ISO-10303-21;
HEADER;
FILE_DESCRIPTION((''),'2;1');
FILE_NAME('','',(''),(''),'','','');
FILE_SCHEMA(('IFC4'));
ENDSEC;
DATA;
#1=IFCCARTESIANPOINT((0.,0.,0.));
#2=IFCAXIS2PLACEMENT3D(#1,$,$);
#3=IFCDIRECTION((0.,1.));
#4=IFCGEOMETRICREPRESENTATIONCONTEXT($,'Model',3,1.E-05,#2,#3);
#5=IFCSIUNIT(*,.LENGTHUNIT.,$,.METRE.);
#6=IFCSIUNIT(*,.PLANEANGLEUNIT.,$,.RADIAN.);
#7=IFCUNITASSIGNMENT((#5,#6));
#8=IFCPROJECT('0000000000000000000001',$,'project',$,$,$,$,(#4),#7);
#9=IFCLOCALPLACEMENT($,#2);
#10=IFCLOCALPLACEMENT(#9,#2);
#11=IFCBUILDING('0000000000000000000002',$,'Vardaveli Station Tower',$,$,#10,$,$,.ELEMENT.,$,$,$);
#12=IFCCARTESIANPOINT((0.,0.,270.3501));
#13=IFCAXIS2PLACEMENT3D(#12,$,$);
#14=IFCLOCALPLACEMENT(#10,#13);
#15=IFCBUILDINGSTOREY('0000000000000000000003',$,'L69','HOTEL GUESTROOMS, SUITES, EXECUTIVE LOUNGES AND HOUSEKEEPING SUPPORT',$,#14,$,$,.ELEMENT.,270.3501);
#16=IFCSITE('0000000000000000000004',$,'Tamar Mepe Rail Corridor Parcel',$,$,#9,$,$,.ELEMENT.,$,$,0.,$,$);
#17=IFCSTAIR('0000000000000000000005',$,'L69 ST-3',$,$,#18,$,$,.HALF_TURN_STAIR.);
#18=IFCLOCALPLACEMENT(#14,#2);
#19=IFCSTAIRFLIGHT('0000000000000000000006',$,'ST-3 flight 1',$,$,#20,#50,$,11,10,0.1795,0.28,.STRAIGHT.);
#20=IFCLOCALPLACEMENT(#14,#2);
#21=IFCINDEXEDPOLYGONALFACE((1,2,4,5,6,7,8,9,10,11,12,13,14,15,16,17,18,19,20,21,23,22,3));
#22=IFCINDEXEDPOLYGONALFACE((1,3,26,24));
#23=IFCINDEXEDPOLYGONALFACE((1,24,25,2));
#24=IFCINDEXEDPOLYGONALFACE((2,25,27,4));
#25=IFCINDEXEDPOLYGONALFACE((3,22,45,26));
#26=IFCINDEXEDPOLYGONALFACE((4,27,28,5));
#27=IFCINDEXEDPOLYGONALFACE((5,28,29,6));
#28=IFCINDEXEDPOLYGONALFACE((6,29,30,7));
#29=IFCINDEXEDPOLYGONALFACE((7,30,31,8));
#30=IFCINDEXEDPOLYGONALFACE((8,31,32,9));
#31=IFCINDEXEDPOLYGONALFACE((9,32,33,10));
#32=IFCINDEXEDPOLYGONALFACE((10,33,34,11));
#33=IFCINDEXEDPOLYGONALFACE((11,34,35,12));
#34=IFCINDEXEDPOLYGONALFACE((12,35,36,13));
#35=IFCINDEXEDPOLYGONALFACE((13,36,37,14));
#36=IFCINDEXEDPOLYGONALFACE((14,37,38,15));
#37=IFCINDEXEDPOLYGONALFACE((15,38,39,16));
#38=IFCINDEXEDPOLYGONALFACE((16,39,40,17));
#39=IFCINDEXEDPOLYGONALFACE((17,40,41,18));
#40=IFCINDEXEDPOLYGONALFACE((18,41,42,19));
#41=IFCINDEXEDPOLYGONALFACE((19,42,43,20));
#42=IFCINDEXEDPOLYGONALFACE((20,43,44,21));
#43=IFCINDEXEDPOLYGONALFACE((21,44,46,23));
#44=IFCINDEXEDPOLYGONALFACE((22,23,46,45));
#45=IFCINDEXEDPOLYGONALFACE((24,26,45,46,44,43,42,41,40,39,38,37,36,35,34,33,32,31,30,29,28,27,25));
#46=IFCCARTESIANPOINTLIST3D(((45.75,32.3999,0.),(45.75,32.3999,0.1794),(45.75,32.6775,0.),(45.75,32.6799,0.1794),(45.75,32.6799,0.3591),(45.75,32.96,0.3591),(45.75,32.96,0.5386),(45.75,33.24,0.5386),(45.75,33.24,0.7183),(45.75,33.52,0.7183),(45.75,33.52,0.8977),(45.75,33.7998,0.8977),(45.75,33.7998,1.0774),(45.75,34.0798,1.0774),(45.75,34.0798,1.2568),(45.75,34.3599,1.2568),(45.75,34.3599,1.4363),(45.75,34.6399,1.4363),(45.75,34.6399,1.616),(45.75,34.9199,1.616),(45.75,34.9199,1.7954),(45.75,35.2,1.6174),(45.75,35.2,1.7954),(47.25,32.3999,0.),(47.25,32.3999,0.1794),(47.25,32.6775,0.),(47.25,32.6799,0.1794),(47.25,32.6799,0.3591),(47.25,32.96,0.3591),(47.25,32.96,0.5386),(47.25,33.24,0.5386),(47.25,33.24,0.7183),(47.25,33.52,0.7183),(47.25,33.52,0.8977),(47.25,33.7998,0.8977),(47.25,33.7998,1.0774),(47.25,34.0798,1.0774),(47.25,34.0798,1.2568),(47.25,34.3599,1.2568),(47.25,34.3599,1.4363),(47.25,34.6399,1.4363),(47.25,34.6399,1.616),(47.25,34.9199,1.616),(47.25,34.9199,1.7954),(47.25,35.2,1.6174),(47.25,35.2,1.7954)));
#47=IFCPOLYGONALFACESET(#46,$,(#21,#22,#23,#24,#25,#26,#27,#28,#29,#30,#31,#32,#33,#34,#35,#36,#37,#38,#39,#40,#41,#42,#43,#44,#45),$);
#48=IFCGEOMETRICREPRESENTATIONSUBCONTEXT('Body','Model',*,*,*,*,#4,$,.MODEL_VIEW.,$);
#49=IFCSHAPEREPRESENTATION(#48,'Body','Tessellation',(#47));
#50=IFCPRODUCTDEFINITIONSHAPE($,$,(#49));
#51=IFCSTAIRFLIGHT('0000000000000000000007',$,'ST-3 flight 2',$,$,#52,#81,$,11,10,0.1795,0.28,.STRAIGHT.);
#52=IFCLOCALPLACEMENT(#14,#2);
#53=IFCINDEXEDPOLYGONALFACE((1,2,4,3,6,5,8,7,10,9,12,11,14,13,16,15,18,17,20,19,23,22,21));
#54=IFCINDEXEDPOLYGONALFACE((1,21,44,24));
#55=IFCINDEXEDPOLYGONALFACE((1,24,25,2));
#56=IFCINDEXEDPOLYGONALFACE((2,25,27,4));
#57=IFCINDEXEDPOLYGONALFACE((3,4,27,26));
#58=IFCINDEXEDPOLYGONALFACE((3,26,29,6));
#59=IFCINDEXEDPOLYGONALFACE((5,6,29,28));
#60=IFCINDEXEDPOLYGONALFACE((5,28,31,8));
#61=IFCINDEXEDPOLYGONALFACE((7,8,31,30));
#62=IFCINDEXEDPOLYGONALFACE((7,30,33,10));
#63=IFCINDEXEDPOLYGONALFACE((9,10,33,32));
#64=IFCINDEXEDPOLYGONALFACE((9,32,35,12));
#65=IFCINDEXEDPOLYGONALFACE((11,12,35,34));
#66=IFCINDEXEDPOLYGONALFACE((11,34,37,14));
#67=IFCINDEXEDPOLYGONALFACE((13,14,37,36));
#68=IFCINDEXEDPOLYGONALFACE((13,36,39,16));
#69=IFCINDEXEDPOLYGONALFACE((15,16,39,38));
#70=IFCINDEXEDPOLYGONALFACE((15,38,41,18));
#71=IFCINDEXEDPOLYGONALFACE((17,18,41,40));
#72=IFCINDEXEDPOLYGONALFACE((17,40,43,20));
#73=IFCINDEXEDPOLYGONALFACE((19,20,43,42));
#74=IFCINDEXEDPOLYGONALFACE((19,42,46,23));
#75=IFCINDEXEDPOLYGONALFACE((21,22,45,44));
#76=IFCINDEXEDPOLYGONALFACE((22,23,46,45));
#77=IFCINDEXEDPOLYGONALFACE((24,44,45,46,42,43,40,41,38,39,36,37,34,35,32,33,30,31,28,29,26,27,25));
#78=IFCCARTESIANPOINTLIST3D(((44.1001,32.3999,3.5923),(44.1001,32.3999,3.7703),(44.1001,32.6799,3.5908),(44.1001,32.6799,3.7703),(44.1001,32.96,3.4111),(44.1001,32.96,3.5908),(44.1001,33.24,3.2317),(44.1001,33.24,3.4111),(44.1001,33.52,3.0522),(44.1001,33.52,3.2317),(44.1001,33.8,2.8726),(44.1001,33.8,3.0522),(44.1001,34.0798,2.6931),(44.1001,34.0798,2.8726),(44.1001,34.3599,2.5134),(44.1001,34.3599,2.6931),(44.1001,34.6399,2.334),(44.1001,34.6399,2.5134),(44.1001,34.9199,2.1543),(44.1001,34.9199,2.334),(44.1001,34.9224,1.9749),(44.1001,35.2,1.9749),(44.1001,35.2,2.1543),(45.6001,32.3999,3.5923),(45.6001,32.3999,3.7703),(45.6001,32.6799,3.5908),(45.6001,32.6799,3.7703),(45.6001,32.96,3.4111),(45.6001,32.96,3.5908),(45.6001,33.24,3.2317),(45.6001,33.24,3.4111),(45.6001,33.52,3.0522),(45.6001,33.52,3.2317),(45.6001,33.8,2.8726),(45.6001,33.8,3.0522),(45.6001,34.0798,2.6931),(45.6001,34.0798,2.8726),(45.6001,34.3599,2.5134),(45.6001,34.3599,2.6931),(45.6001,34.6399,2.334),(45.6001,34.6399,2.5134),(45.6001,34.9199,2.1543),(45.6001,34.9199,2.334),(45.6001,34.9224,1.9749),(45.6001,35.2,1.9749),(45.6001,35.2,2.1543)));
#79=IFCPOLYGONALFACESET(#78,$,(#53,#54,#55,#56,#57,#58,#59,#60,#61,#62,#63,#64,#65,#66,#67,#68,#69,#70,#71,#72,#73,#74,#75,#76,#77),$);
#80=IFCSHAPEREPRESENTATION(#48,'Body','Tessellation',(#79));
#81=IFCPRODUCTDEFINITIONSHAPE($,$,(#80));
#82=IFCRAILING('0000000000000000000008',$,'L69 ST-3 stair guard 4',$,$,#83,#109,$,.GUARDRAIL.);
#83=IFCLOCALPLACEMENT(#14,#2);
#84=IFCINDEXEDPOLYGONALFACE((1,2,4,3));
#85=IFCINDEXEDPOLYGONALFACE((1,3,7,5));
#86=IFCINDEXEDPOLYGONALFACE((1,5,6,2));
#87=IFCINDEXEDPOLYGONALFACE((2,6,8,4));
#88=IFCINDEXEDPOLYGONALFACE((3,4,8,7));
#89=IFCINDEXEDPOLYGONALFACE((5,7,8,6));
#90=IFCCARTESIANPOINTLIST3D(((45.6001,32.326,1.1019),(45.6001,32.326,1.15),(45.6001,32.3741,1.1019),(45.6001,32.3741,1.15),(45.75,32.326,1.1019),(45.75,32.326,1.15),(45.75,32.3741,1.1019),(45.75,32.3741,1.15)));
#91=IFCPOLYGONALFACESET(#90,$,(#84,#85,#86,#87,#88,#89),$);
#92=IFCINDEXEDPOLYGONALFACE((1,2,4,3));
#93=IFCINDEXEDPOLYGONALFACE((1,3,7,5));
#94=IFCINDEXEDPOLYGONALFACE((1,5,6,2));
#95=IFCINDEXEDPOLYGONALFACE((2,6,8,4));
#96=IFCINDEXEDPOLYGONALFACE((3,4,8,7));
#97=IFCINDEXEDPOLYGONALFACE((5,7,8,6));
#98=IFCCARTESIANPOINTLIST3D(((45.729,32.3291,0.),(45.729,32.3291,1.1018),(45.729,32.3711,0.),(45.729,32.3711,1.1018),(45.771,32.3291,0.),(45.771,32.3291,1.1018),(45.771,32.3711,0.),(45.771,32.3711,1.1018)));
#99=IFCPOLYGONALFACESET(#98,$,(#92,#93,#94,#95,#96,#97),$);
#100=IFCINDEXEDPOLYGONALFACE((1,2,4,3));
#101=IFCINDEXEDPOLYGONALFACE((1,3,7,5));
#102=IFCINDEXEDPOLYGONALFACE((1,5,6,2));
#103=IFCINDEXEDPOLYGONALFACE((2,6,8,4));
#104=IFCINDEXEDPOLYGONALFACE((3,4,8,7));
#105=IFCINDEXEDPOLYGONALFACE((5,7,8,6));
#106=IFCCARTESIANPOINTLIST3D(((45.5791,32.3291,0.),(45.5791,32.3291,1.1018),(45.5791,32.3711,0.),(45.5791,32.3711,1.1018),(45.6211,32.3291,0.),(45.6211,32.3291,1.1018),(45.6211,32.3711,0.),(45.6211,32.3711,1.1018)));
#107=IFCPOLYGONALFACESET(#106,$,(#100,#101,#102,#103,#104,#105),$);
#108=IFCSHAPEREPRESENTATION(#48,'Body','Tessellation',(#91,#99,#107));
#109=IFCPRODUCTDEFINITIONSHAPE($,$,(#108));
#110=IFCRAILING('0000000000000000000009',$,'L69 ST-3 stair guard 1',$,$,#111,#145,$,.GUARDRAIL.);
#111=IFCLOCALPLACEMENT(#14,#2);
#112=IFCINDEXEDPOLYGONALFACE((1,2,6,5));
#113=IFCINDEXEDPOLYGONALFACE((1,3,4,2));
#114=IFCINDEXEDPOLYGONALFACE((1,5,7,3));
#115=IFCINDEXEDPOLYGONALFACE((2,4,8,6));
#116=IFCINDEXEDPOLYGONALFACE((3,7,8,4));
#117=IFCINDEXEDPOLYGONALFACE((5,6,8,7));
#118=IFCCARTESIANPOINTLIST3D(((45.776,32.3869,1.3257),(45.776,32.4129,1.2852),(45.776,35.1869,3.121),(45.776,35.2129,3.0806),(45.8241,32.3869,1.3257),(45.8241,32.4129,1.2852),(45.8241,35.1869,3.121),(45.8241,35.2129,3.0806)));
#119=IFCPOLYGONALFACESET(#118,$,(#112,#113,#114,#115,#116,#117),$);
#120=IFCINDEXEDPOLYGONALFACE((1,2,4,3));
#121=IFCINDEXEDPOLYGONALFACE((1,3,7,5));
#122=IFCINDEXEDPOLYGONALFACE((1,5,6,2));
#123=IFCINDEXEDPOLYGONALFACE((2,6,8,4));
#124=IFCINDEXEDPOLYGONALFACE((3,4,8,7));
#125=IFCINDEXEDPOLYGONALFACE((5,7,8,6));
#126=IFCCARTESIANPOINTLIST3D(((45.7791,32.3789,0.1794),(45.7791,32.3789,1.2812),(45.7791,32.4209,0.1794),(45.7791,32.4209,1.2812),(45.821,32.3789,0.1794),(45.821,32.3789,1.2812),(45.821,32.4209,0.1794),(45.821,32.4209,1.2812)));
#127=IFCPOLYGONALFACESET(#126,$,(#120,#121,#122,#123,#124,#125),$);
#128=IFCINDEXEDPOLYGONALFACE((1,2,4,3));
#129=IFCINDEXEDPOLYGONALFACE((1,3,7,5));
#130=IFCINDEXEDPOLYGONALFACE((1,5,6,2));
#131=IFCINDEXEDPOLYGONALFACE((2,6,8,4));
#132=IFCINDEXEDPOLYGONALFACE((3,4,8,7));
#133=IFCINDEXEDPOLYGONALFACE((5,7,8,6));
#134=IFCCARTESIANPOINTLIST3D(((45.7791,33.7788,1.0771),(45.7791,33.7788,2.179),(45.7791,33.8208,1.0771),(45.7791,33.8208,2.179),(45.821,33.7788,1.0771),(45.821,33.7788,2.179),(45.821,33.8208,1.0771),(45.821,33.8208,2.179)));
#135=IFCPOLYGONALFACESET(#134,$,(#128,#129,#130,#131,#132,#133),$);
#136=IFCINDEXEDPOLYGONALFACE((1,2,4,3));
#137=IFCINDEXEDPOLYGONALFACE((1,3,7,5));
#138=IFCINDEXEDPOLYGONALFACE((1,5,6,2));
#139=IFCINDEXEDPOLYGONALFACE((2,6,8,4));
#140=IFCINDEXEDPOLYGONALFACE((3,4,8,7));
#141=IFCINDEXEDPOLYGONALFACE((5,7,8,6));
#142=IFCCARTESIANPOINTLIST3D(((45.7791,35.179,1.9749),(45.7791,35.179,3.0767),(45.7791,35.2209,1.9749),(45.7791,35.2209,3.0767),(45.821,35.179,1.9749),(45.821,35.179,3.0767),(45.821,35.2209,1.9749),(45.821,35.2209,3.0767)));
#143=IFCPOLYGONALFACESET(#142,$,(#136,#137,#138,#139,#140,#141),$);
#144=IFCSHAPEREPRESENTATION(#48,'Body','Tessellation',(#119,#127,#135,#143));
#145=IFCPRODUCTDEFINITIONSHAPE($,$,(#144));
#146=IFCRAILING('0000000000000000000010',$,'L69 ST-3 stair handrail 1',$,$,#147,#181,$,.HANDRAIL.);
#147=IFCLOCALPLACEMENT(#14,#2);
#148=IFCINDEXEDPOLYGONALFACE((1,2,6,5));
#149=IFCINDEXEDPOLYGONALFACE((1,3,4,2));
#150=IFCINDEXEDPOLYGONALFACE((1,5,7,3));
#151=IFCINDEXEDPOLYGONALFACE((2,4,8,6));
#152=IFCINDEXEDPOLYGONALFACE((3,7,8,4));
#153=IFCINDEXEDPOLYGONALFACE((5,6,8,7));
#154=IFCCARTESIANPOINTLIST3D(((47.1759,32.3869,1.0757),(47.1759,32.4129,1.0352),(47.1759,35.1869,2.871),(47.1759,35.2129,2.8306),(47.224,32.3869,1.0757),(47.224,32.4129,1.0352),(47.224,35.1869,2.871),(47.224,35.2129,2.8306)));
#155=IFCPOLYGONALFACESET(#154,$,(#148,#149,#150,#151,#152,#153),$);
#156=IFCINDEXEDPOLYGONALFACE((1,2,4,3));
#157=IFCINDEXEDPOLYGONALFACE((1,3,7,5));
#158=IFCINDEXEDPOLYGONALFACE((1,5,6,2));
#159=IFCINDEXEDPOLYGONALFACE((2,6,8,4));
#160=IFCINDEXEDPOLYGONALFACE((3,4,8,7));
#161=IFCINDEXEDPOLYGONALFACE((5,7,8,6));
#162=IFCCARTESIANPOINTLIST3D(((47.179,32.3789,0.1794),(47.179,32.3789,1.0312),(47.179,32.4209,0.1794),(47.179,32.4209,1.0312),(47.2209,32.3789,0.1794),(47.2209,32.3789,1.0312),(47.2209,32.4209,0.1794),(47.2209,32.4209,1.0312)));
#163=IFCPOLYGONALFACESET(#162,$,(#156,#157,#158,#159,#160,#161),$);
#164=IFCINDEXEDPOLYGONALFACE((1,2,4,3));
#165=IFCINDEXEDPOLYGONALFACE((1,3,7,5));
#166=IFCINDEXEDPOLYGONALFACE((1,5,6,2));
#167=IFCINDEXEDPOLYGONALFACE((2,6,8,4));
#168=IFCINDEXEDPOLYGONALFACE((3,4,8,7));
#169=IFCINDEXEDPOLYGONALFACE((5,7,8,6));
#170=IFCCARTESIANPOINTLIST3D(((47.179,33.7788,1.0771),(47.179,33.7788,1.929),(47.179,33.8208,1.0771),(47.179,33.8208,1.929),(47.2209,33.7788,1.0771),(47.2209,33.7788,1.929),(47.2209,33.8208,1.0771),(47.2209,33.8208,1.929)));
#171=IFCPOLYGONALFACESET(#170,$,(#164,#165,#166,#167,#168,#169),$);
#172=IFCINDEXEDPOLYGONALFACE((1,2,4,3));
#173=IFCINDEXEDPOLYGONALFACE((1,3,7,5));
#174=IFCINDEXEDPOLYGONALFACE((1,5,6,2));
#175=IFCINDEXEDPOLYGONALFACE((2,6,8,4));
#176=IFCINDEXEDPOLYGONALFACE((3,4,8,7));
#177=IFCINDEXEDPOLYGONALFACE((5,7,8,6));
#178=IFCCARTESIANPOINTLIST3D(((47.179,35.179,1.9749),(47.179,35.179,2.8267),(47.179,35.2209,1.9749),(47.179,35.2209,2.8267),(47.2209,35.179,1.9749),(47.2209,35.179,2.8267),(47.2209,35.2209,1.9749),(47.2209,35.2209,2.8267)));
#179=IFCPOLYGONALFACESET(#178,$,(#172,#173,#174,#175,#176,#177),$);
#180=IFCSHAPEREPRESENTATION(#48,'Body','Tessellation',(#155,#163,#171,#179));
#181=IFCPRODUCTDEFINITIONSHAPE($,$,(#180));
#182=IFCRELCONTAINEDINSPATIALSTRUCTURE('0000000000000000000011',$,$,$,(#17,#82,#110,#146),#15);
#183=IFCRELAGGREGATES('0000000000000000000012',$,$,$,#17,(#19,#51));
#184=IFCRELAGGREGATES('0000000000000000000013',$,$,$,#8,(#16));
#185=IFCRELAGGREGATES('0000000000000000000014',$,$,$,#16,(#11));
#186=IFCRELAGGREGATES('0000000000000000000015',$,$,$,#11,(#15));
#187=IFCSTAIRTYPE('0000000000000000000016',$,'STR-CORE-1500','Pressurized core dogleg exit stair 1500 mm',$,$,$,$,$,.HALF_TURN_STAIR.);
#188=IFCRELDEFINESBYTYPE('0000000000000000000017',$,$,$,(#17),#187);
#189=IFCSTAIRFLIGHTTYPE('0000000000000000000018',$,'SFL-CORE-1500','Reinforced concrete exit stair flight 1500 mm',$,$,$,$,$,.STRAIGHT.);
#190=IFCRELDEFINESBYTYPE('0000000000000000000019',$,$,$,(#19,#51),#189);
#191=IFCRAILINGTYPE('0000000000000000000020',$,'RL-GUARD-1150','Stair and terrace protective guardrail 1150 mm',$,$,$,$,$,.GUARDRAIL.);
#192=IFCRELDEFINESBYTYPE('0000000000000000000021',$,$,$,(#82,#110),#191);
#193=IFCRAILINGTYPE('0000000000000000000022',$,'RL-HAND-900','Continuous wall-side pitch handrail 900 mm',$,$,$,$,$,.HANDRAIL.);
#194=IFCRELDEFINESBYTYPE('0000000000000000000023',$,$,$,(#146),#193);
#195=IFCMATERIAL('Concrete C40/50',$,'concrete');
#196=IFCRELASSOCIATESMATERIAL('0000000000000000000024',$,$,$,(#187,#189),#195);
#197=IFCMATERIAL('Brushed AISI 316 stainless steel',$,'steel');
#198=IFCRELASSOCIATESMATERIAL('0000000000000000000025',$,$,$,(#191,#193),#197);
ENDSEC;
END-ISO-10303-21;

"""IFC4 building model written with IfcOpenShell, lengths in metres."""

from ifc_helpers import new_model, si_unit, direction, frame, origin, origin_2d, place, context, subcontext, project, spatial, polyline, rectangle, outline, extrude, source, transform, mapped, material, type_object, element, aggregate, save


model = new_model("IFC4")

# Units and contexts
model_context = context("Model", 3, precision=1e-05, world=origin(), true_north=direction((0.0, 1.0)))
body_context = subcontext(model_context, "Body", "Model", "MODEL_VIEW")
ifc_project = project(units=[si_unit("LENGTHUNIT", "METRE"), si_unit("PLANEANGLEUNIT", "RADIAN")], contexts=[model_context])

# Site, building, storey
site_placement = place(None, origin())
site = spatial("IfcSite", under=ifc_project, at=site_placement, Name="Tamar Mepe Rail Corridor Parcel", CompositionType="ELEMENT", RefElevation=0.0)
building_placement = place(site_placement, origin())
building = spatial("IfcBuilding", under=site, at=building_placement, Name="Vardaveli Station Tower", CompositionType="ELEMENT")
storey_placement = place(building_placement, frame((0.0, 0.0, 270.3501)))
storey = spatial("IfcBuildingStorey", under=building, at=storey_placement, Name="L69", Description="HOTEL GUESTROOMS, SUITES, EXECUTIVE LOUNGES AND HOUSEKEEPING SUPPORT", CompositionType="ELEMENT", Elevation=270.3501)

# Shared definitions
ifc_material_1 = material(Name="Concrete C40/50", Category="concrete")

# Stair, stair flights
stair_type = type_object("IfcStairType", Name="STR-CORE-1500", Description="Pressurized core dogleg exit stair 1500 mm", PredefinedType="HALF_TURN_STAIR", material=ifc_material_1)
stair_placement = place(storey_placement, origin())
stair = element("IfcStair", 1, at=stair_placement, inside=storey, type_object=stair_type, Name="L69 ST-3", PredefinedType="HALF_TURN_STAIR")
stair_flight_type = type_object("IfcStairFlightType", Name="SFL-CORE-1500", Description="Reinforced concrete exit stair flight 1500 mm", PredefinedType="STRAIGHT", material=ifc_material_1)
shared_shape_1 = source(origin(), body_context, "Body", "SweptSolid", [
    extrude(outline(polyline([(0.0, 0.0), (0.0, 0.1794), (0.28, 0.1794), (0.28, 0.3591), (0.5601, 0.3591), (0.5601, 0.5386), (0.8401, 0.5386), (0.8401, 0.7183), (1.1201, 0.7183), (1.1201, 0.8977), (1.3999, 0.8977), (1.3999, 1.0774), (1.6799, 1.0774), (1.6799, 1.2568), (1.96, 1.2568), (1.96, 1.4363), (2.24, 1.4363), (2.24, 1.616), (2.52, 1.616), (2.52, 1.7954), (2.8, 1.7954), (2.8, 1.9751), (2.8, 1.6174), (0.2776, 0.0), (0.0, 0.0)])), frame((0.0, 0.75, 0.0), z_axis=(0.0, -1.0, 0.0), x_axis=(1.0, 0.0, 0.0)), (0.0, 0.0, 1.0), 1.5),
])
stair_flight_1_placement = place(storey_placement, frame((46.5, 32.3999, 0.0), z_axis=(0.0, 0.0, 1.0), x_axis=(0.0, 1.0, 0.0)))
stair_flight_1 = element("IfcStairFlight", 2, at=stair_flight_1_placement, type_object=stair_flight_type, Name="ST-3 flight 1", NumberOfRisers=11, NumberOfTreads=10, PredefinedType="STRAIGHT", RiserHeight=0.1795, TreadLength=0.28, context=body_context, shape_type="MappedRepresentation", body=[
    mapped(shared_shape_1, transform((0.0, 0.0, 0.0), scale=1.0)),
])
stair_flight_2_placement = place(storey_placement, frame((44.8501, 35.2, 1.9749), z_axis=(0.0, 0.0, 1.0), x_axis=(0.0, -1.0, 0.0)))
stair_flight_2 = element("IfcStairFlight", 3, at=stair_flight_2_placement, type_object=stair_flight_type, Name="ST-3 flight 2", NumberOfRisers=11, NumberOfTreads=10, PredefinedType="STRAIGHT", RiserHeight=0.1795, TreadLength=0.28, context=body_context, shape_type="MappedRepresentation", body=[
    mapped(shared_shape_1, transform((0.0, 0.0, 0.0), scale=1.0)),
])
aggregate(stair, [stair_flight_1, stair_flight_2])

# Railings
ifc_material_2 = material(Name="Brushed AISI 316 stainless steel", Category="steel")
railing_type_1 = type_object("IfcRailingType", Name="RL-GUARD-1150", Description="Stair and terrace protective guardrail 1150 mm", PredefinedType="GUARDRAIL", material=ifc_material_2)
shared_shape_2 = source(origin(), body_context, "Body", "SweptSolid", [
    extrude(rectangle(XDim=0.0481, YDim=0.0481, at=origin_2d()), frame((0.0, 0.0, 1.126), z_axis=(-1.0, 0.0, 0.0), x_axis=(0.0, -1.0, 0.0)), (0.0, 0.0, 1.0), 0.1499),
    extrude(rectangle(XDim=0.042, YDim=0.042, at=origin_2d()), origin(), (0.0, 0.0, 1.0), 1.1018),
    extrude(rectangle(XDim=0.042, YDim=0.042, at=origin_2d()), frame((-0.1499, 0.0, 0.0)), (0.0, 0.0, 1.0), 1.1018),
])
railing_1_placement = place(storey_placement, frame((45.75, 32.3501, 0.0)))
element("IfcRailing", 4, at=railing_1_placement, inside=storey, type_object=railing_type_1, Name="L69 ST-3 stair guard 4", PredefinedType="GUARDRAIL", context=body_context, shape_type="MappedRepresentation", body=[
    mapped(shared_shape_2, transform((0.0, 0.0, 0.0), scale=1.0)),
])
shared_shape_3 = source(origin(), body_context, "Body", "SweptSolid", [
    extrude(rectangle(XDim=0.0481, YDim=0.0481, at=origin_2d()), frame((0.0, 0.0, 1.126), z_axis=(0.0, 0.84181, 0.539774), x_axis=(-1.0, 0.0, 0.0)), (0.0, 0.0, 1.0), 3.3262),
    extrude(rectangle(XDim=0.042, YDim=0.042, at=origin_2d()), origin(), (0.0, 0.0, 1.0), 1.1018),
    extrude(rectangle(XDim=0.042, YDim=0.042, at=origin_2d()), frame((0.0, 1.3999, 0.8977)), (0.0, 0.0, 1.0), 1.1018),
    extrude(rectangle(XDim=0.042, YDim=0.042, at=origin_2d()), frame((0.0, 2.8, 1.7954)), (0.0, 0.0, 1.0), 1.1018),
])
railing_2_placement = place(storey_placement, frame((45.8, 32.3999, 0.1794)))
element("IfcRailing", 5, at=railing_2_placement, inside=storey, type_object=railing_type_1, Name="L69 ST-3 stair guard 1", PredefinedType="GUARDRAIL", context=body_context, shape_type="MappedRepresentation", body=[
    mapped(shared_shape_3, transform((0.0, 0.0, 0.0), scale=1.0)),
])
railing_type_2 = type_object("IfcRailingType", Name="RL-HAND-900", Description="Continuous wall-side pitch handrail 900 mm", PredefinedType="HANDRAIL", material=ifc_material_2)
shared_shape_4 = source(origin(), body_context, "Body", "SweptSolid", [
    extrude(rectangle(XDim=0.0481, YDim=0.0481, at=origin_2d()), frame((0.0, 0.0, 0.876), z_axis=(0.0, 0.84181, 0.539774), x_axis=(-1.0, 0.0, 0.0)), (0.0, 0.0, 1.0), 3.3262),
    extrude(rectangle(XDim=0.042, YDim=0.042, at=origin_2d()), origin(), (0.0, 0.0, 1.0), 0.8518),
    extrude(rectangle(XDim=0.042, YDim=0.042, at=origin_2d()), frame((0.0, 1.3999, 0.8977)), (0.0, 0.0, 1.0), 0.8518),
    extrude(rectangle(XDim=0.042, YDim=0.042, at=origin_2d()), frame((0.0, 2.8, 1.7954)), (0.0, 0.0, 1.0), 0.8518),
])
railing_3_placement = place(storey_placement, frame((47.2, 32.3999, 0.1794)))
element("IfcRailing", 6, at=railing_3_placement, inside=storey, type_object=railing_type_2, Name="L69 ST-3 stair handrail 1", PredefinedType="HANDRAIL", context=body_context, shape_type="MappedRepresentation", body=[
    mapped(shared_shape_4, transform((0.0, 0.0, 0.0), scale=1.0)),
])

save(model, "model.ifc")
